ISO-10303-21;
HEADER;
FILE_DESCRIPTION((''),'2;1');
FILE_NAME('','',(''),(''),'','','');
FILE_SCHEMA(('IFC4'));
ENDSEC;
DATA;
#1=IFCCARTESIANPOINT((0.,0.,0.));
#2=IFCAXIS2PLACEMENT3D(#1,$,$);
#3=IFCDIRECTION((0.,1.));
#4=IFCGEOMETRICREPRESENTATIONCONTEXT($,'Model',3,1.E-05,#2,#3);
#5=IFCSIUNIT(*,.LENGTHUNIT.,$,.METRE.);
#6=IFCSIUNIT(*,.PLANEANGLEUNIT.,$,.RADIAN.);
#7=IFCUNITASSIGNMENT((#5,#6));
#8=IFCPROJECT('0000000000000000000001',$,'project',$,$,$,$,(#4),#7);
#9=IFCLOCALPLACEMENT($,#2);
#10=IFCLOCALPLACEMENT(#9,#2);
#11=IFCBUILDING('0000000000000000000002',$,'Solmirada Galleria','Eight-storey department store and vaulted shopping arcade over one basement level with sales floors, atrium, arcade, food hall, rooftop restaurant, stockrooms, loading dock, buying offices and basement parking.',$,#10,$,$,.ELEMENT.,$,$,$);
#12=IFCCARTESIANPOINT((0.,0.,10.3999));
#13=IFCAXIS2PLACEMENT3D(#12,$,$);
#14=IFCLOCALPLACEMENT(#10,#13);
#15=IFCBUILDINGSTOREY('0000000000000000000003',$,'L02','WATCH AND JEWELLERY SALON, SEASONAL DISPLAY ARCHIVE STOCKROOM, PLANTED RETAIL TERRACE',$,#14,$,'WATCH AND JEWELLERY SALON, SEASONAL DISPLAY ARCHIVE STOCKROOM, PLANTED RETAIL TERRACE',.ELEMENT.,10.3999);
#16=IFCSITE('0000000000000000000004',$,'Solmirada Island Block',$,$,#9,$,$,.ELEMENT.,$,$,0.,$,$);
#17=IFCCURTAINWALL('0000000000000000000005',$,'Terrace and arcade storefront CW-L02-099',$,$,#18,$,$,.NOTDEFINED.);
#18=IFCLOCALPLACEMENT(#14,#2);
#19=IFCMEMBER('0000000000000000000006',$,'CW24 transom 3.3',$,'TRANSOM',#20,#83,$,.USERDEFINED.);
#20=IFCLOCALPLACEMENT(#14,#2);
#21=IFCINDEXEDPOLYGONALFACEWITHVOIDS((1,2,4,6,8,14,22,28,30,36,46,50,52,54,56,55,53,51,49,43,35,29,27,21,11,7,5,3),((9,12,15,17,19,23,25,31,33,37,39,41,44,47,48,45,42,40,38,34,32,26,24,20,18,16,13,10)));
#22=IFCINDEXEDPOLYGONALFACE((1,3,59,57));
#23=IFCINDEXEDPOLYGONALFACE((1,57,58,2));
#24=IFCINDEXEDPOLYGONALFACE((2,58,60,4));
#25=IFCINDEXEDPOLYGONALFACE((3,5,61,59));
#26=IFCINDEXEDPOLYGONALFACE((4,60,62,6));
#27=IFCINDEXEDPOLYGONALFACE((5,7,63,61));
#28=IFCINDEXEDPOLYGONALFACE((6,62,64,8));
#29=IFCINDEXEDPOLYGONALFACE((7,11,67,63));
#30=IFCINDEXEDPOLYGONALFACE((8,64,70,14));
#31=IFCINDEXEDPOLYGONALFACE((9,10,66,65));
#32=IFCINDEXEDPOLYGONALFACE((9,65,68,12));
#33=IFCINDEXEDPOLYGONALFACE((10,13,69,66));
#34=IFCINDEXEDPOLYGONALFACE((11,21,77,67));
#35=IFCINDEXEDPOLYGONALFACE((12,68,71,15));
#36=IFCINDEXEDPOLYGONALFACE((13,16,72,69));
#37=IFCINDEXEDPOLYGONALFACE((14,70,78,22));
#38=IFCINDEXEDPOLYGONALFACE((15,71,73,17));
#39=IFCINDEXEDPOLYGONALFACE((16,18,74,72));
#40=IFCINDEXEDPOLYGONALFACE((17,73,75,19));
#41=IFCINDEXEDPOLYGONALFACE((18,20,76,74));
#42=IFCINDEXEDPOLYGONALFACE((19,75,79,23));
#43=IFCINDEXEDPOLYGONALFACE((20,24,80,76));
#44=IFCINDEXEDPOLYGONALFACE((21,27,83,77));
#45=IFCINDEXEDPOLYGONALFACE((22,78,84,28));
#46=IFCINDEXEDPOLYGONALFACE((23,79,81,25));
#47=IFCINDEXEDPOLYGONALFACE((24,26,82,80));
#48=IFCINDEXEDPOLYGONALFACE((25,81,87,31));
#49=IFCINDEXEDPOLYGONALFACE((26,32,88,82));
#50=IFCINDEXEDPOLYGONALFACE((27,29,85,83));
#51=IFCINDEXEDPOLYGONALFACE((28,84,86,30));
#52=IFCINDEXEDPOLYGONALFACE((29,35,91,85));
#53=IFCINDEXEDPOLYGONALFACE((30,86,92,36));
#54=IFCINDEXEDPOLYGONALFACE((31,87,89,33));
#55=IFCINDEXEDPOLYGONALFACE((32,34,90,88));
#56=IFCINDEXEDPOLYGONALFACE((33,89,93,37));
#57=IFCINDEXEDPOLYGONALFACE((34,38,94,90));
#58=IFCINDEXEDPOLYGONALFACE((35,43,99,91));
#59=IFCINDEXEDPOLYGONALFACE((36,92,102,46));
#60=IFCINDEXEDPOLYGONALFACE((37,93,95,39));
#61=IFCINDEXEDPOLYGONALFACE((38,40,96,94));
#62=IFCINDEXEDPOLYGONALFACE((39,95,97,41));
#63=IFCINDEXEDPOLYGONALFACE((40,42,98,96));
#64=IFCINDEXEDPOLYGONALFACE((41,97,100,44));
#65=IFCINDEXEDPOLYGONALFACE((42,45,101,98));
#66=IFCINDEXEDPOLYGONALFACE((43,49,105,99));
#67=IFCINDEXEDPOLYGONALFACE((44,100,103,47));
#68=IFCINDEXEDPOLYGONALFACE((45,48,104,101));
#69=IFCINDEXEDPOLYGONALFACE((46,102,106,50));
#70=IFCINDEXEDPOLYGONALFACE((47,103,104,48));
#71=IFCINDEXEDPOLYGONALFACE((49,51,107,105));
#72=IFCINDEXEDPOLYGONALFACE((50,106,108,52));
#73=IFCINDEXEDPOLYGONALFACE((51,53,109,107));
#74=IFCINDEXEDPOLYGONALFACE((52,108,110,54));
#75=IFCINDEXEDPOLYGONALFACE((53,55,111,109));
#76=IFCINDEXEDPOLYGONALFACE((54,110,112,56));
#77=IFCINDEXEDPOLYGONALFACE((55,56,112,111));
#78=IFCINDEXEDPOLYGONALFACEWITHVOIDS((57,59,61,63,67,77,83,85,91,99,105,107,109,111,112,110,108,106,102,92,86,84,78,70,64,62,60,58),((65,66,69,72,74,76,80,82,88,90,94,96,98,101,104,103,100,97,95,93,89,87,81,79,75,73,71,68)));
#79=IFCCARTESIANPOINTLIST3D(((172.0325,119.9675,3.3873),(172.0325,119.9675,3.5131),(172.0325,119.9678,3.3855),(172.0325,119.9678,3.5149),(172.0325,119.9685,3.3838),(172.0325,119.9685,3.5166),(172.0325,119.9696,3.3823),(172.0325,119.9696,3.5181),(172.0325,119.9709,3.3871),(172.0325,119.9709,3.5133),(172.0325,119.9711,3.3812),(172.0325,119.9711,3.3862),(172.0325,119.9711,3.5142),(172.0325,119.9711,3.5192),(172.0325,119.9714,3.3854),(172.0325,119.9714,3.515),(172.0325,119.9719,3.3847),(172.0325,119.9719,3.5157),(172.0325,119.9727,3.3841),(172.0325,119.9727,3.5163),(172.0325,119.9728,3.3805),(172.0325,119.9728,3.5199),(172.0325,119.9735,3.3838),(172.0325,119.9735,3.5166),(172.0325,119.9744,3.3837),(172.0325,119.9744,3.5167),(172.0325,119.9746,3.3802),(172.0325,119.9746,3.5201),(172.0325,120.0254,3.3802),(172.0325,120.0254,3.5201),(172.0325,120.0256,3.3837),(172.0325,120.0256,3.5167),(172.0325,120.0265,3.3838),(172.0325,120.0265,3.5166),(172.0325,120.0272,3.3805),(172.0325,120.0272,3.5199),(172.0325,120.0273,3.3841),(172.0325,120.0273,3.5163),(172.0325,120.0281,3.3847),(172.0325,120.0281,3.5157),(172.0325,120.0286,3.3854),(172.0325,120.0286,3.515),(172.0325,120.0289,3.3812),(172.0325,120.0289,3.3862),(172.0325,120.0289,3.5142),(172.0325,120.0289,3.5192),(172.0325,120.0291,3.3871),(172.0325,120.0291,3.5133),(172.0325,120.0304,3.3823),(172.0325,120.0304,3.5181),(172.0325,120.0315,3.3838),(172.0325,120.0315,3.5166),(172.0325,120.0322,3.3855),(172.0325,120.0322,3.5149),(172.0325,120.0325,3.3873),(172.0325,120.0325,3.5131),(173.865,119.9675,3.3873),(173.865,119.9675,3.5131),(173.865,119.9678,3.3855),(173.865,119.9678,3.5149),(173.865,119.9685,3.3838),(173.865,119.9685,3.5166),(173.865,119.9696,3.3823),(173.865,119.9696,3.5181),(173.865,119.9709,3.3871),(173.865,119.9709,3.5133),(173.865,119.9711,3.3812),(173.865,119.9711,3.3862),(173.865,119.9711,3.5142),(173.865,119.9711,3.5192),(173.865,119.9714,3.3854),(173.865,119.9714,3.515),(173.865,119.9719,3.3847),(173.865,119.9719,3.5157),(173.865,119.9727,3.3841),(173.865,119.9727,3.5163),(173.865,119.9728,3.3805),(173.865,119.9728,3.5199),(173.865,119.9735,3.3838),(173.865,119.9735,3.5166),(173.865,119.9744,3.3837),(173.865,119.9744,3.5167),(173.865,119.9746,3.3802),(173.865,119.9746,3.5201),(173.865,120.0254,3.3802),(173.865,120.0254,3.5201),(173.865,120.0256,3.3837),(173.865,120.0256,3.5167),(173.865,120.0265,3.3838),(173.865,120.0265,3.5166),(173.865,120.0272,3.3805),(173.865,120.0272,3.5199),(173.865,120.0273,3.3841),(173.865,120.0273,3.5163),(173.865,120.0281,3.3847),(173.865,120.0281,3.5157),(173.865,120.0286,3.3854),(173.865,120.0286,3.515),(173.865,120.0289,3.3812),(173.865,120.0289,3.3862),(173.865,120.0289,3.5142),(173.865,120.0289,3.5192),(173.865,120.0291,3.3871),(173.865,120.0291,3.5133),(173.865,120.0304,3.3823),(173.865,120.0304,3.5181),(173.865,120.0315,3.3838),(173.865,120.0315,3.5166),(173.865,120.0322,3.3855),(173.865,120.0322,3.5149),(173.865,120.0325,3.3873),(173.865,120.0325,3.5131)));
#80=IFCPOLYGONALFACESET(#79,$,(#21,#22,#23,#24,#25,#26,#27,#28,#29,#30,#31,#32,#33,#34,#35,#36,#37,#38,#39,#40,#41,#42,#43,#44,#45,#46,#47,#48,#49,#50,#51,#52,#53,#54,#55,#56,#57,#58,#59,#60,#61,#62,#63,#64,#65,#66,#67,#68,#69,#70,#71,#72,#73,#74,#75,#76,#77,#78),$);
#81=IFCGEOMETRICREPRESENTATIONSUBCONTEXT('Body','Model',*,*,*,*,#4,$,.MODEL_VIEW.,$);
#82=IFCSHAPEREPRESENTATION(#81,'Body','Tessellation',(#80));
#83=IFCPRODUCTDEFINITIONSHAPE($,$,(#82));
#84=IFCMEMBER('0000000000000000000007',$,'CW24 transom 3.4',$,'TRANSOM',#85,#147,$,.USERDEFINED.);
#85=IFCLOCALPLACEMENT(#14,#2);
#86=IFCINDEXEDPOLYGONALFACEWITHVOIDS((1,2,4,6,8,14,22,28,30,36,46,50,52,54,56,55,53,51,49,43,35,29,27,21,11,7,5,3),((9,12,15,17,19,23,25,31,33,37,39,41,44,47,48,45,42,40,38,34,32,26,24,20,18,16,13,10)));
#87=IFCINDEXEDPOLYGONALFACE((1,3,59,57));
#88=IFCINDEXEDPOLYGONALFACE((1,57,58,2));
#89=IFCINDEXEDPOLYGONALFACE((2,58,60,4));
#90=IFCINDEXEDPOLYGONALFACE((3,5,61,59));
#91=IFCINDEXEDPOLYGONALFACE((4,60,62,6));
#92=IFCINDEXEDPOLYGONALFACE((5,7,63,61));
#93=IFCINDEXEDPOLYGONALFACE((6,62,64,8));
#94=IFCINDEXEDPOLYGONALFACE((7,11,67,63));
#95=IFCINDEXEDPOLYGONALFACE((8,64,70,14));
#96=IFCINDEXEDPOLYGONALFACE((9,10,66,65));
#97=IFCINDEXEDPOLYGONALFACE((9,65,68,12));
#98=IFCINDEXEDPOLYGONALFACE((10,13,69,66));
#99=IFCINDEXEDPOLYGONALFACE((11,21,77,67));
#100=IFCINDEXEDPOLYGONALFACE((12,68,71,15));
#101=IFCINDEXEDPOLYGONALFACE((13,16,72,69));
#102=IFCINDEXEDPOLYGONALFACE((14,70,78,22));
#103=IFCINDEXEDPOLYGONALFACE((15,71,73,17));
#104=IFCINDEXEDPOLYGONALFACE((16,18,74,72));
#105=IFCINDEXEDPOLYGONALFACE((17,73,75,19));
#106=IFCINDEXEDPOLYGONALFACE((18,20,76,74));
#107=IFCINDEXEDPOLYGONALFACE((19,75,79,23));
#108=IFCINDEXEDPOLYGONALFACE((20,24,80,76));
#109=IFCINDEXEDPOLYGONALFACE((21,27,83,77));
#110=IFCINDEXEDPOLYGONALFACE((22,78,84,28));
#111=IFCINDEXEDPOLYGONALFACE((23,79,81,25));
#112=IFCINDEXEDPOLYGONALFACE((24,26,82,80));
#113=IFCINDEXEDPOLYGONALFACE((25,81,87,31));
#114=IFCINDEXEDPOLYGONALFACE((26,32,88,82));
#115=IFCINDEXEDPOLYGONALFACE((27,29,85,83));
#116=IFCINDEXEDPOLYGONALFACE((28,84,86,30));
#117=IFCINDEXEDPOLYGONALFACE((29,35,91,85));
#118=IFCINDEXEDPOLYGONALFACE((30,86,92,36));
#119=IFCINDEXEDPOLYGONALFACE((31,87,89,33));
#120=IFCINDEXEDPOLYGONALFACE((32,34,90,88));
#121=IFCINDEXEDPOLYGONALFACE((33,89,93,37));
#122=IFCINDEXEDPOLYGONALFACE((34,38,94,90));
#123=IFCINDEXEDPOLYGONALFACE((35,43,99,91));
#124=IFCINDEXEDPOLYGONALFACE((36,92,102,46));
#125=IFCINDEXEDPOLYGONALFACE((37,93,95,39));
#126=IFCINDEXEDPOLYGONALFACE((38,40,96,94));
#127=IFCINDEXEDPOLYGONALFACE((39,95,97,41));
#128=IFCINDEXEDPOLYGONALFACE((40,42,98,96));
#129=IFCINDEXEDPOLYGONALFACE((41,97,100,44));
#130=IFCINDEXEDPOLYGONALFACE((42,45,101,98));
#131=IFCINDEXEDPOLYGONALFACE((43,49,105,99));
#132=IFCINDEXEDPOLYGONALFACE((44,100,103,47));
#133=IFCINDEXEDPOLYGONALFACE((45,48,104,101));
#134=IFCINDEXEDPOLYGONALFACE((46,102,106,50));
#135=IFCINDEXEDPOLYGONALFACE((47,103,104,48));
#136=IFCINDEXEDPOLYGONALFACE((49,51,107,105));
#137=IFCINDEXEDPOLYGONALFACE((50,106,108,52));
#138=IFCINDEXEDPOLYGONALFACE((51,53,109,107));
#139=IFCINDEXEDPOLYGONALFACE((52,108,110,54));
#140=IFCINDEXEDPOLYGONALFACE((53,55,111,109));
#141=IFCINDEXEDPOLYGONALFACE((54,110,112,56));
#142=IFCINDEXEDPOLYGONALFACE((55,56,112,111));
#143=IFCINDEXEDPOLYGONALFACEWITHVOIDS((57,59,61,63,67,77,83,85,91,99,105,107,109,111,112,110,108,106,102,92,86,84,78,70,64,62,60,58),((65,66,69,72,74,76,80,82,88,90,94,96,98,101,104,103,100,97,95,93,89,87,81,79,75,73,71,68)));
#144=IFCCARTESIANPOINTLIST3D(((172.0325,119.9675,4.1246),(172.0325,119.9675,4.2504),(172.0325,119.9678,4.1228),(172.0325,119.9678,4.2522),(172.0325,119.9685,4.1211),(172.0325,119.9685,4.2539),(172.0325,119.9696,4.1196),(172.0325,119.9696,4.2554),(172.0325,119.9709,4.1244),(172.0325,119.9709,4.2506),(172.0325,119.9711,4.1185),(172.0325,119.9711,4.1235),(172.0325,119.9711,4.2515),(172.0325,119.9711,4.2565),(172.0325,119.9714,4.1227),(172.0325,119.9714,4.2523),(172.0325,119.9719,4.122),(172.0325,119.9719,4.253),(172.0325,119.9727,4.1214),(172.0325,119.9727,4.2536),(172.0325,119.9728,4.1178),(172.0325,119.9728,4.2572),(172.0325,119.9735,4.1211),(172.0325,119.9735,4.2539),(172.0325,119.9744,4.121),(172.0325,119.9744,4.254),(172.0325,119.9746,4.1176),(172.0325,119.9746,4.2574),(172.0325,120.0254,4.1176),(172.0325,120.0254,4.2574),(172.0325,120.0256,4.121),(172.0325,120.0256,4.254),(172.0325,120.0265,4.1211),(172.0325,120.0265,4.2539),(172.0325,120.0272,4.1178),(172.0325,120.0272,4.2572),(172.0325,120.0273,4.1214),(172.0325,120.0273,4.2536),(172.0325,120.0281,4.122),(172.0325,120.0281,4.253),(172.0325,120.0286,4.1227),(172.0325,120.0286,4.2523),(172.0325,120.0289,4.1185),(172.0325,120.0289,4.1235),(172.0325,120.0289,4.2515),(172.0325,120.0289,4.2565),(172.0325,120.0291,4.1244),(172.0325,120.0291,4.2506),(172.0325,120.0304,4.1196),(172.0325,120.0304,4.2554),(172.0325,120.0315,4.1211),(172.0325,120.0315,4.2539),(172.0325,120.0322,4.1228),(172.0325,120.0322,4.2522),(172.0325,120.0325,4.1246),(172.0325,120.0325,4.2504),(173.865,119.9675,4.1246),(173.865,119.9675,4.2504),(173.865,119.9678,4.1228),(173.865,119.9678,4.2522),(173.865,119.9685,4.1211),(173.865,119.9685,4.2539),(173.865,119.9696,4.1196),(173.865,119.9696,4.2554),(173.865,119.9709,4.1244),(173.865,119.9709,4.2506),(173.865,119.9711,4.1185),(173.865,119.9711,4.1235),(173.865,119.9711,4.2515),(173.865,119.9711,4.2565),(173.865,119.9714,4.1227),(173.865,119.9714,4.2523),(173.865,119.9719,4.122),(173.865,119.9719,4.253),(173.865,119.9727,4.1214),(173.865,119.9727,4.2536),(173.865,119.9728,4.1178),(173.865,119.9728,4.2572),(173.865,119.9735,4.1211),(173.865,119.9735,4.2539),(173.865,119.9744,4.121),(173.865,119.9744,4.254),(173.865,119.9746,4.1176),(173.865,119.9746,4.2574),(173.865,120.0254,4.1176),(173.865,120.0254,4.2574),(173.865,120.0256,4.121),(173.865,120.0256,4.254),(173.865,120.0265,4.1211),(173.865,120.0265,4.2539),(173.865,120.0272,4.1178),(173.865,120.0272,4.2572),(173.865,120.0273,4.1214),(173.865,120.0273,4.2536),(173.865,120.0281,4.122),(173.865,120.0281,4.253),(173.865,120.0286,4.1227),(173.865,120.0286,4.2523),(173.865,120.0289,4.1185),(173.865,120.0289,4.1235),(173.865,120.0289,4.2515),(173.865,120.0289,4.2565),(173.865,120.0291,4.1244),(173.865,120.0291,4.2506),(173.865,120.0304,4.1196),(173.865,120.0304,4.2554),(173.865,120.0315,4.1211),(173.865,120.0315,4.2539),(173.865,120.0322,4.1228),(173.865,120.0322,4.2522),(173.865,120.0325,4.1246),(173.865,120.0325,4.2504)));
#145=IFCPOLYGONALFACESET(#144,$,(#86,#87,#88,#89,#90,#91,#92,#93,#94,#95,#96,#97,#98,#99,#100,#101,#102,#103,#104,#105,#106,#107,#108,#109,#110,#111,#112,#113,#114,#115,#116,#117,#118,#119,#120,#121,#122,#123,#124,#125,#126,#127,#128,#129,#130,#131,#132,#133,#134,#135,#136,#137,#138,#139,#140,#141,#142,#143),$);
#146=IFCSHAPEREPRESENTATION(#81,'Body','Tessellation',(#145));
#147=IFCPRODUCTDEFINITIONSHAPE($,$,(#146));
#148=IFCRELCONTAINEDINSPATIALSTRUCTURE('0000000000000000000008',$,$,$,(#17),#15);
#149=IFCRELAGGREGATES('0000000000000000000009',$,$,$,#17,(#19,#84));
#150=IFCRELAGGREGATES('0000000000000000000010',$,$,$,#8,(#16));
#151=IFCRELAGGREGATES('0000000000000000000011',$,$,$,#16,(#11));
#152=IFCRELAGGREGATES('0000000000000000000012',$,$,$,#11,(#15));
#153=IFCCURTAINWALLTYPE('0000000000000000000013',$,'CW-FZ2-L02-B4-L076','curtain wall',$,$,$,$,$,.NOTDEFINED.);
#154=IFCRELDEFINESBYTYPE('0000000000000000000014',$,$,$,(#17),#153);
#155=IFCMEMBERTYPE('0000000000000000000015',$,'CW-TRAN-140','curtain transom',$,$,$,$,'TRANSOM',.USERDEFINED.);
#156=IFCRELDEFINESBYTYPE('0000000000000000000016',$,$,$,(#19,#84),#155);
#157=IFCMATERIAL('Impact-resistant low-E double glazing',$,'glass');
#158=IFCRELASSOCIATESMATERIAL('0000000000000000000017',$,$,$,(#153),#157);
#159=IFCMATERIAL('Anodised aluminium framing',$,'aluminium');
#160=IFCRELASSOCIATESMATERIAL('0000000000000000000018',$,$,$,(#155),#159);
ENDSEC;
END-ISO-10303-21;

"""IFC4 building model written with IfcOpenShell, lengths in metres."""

from ifc_helpers import new_model, si_unit, direction, frame, origin, origin_2d, place, context, subcontext, project, spatial, hollow_rectangle, extrude, material, material_profile, profile_set, type_object, element, aggregate, save


model = new_model("IFC4")

# Units and contexts
model_context = context("Model", 3, precision=1e-05, world=origin(), true_north=direction((0.0, 1.0)))
body_context = subcontext(model_context, "Body", "Model", "MODEL_VIEW")
ifc_project = project(units=[si_unit("LENGTHUNIT", "METRE"), si_unit("PLANEANGLEUNIT", "RADIAN")], contexts=[model_context])

# Site, building, storey
site_placement = place(None, origin())
site = spatial("IfcSite", under=ifc_project, at=site_placement, Name="Solmirada Island Block", CompositionType="ELEMENT", RefElevation=0.0)
building_placement = place(site_placement, origin())
building = spatial("IfcBuilding", under=site, at=building_placement, Name="Solmirada Galleria", Description="Eight-storey department store and vaulted shopping arcade over one basement level with sales floors, atrium, arcade, food hall, rooftop restaurant, stockrooms, loading dock, buying offices and basement parking.", CompositionType="ELEMENT")
storey_placement = place(building_placement, frame((0.0, 0.0, 10.3999)))
storey = spatial("IfcBuildingStorey", under=building, at=storey_placement, Name="L02", Description="WATCH AND JEWELLERY SALON, SEASONAL DISPLAY ARCHIVE STOCKROOM, PLANTED RETAIL TERRACE", LongName="WATCH AND JEWELLERY SALON, SEASONAL DISPLAY ARCHIVE STOCKROOM, PLANTED RETAIL TERRACE", CompositionType="ELEMENT", Elevation=10.3999)

# Curtain wall
ifc_material_1 = material(Name="Impact-resistant low-E double glazing", Category="glass")
curtain_wall_type = type_object("IfcCurtainWallType", Name="CW-FZ2-L02-B4-L076", Description="curtain wall", PredefinedType="NOTDEFINED", material=ifc_material_1)
curtain_wall_1_placement = place(storey_placement, origin())
curtain_wall_1 = element("IfcCurtainWall", 1, at=curtain_wall_1_placement, inside=storey, type_object=curtain_wall_type, Name="Terrace and arcade storefront CW-L02-099", PredefinedType="NOTDEFINED")
ifc_material_2 = material(Name="Anodised aluminium framing", Category="aluminium")

# Members
ifc_material_profile_1 = material_profile(ifc_material_2, hollow_rectangle(XDim=0.0649, YDim=0.1399, WallThickness=0.0034, InnerFilletRadius=0.0034, OuterFilletRadius=0.0071, at=origin_2d()), Name="ALU-TRAN-140X65")
ifc_profile_set_1 = profile_set([ifc_material_profile_1], Name="Anodised aluminium framing")
member_type_1 = type_object("IfcMemberType", Name="CW-TRAN-140", Description="curtain transom", ElementType="TRANSOM", PredefinedType="USERDEFINED", material=ifc_profile_set_1)
member_1_placement = place(storey_placement, frame((172.0325, 120.0, 3.4502), z_axis=(1.0, 0.0, 0.0), x_axis=(0.0, 1.0, 0.0)))
member_1 = element("IfcMember", 2, at=member_1_placement, type_object=member_type_1, Name="CW24 transom 3.3", ObjectType="TRANSOM", PredefinedType="USERDEFINED", context=body_context, shape_type="SweptSolid", body=[
    extrude(hollow_rectangle(XDim=0.0649, YDim=0.1399, WallThickness=0.0034, InnerFilletRadius=0.0034, OuterFilletRadius=0.0071, at=origin_2d()), origin(), (0.0, 0.0, 1.0), 1.8325),
])
member_2_placement = place(storey_placement, frame((172.0325, 120.0, 4.1875), z_axis=(1.0, 0.0, 0.0), x_axis=(0.0, 1.0, 0.0)))
member_2 = element("IfcMember", 3, at=member_2_placement, type_object=member_type_1, Name="CW24 transom 3.4", ObjectType="TRANSOM", PredefinedType="USERDEFINED", context=body_context, shape_type="SweptSolid", body=[
    extrude(hollow_rectangle(XDim=0.0649, YDim=0.1399, WallThickness=0.0034, InnerFilletRadius=0.0034, OuterFilletRadius=0.0071, at=origin_2d()), origin(), (0.0, 0.0, 1.0), 1.8325),
])

aggregate(curtain_wall_1, [member_1, member_2])

save(model, "model.ifc")
